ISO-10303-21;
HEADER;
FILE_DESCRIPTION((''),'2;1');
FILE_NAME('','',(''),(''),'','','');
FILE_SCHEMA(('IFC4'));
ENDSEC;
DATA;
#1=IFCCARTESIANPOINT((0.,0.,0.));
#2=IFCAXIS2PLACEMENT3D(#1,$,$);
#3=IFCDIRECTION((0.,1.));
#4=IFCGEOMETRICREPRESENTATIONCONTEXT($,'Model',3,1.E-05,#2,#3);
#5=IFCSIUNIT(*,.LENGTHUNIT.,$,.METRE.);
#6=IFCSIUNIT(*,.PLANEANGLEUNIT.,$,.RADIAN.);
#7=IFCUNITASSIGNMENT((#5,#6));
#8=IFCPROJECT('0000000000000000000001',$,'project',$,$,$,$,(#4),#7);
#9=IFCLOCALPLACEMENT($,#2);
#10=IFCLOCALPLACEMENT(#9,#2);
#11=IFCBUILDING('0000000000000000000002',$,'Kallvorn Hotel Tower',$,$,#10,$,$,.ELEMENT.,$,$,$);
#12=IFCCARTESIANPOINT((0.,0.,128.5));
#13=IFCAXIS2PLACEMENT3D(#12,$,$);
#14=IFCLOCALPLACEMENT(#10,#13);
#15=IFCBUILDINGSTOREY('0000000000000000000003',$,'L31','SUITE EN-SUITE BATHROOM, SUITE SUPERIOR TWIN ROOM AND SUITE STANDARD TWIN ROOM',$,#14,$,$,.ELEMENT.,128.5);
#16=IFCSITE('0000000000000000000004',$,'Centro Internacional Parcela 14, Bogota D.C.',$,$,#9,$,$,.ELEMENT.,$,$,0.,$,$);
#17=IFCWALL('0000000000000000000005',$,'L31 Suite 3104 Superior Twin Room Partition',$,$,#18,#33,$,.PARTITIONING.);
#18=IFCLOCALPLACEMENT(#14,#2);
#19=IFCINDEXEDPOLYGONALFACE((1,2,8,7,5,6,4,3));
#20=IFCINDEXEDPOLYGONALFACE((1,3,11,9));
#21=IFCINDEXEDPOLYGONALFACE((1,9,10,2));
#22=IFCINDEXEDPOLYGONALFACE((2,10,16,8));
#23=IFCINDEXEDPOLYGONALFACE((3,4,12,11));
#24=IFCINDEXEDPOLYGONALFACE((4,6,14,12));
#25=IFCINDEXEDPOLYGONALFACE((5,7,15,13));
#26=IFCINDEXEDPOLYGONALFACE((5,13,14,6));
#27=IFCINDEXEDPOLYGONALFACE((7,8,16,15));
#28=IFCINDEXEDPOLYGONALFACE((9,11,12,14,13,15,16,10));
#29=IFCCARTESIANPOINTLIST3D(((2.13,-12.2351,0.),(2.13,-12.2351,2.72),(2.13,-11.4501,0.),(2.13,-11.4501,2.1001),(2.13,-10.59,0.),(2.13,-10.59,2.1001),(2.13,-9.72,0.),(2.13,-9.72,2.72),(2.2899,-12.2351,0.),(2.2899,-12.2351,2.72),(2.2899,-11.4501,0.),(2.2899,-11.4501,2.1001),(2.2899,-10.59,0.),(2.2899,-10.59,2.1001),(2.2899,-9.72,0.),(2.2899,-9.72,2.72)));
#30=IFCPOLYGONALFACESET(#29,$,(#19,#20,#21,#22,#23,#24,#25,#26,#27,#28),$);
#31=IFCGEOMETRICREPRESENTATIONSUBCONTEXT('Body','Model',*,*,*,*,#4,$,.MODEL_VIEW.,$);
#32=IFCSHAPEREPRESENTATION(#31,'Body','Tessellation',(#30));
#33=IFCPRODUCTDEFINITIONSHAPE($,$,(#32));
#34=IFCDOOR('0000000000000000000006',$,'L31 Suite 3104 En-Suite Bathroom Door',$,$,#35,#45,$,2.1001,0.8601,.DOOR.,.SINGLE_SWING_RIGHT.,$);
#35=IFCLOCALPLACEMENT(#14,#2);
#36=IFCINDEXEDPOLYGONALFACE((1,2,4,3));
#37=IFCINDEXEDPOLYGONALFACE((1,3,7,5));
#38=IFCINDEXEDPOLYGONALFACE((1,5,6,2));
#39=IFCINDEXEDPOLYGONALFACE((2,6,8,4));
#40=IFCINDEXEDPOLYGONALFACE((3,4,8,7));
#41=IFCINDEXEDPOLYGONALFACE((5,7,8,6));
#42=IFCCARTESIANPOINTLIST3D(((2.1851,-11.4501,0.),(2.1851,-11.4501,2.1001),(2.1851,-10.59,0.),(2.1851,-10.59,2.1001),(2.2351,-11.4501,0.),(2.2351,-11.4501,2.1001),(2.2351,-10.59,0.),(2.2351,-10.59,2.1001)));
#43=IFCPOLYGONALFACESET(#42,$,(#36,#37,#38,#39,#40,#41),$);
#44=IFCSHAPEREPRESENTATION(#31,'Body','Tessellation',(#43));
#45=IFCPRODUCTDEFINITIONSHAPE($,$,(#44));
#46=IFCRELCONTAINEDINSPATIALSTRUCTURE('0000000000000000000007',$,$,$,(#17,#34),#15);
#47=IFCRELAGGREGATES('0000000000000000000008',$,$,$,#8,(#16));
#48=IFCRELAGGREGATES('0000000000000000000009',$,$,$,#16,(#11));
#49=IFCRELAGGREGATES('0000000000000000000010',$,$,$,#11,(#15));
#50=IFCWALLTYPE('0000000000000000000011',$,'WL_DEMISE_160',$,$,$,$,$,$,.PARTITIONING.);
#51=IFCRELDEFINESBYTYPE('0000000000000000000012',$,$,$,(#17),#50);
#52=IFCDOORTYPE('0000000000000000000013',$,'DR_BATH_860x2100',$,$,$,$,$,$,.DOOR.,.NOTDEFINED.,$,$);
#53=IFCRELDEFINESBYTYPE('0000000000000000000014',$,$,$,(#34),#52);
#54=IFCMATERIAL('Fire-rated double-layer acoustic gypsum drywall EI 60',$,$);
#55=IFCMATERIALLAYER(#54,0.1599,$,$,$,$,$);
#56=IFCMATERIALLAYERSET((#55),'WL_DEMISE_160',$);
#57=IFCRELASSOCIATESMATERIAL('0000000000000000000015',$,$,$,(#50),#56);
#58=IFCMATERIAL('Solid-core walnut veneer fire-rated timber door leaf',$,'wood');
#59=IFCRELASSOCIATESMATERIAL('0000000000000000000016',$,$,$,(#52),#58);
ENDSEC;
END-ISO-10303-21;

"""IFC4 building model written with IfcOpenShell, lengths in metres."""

from ifc_helpers import new_model, si_unit, direction, frame, frame_2d, origin, place, context, subcontext, project, spatial, rectangle, extrude, material, layer, layer_set, type_object, element, fill, save


model = new_model("IFC4")

# Units and contexts
model_context = context("Model", 3, precision=1e-05, world=origin(), true_north=direction((0.0, 1.0)))
body_context = subcontext(model_context, "Body", "Model", "MODEL_VIEW")
ifc_project = project(units=[si_unit("LENGTHUNIT", "METRE"), si_unit("PLANEANGLEUNIT", "RADIAN")], contexts=[model_context])

# Site, building, storey
site_placement = place(None, origin())
site = spatial("IfcSite", under=ifc_project, at=site_placement, Name="Centro Internacional Parcela 14, Bogota D.C.", CompositionType="ELEMENT", RefElevation=0.0)
building_placement = place(site_placement, origin())
building = spatial("IfcBuilding", under=site, at=building_placement, Name="Kallvorn Hotel Tower", CompositionType="ELEMENT")
storey_placement = place(building_placement, frame((0.0, 0.0, 128.5)))
storey = spatial("IfcBuildingStorey", under=building, at=storey_placement, Name="L31", Description="SUITE EN-SUITE BATHROOM, SUITE SUPERIOR TWIN ROOM AND SUITE STANDARD TWIN ROOM", CompositionType="ELEMENT", Elevation=128.5)

# Shared definitions
ifc_material_1 = material(Name="Fire-rated double-layer acoustic gypsum drywall EI 60")
ifc_layer_1 = layer(ifc_material_1, 0.1599)
ifc_layer_set_1 = layer_set([ifc_layer_1], Name="WL_DEMISE_160")
wall_type = type_object("IfcWallType", Name="WL_DEMISE_160", PredefinedType="PARTITIONING", material=ifc_layer_set_1)

# Shared definitions
ifc_material_2 = material(Name="Solid-core walnut veneer fire-rated timber door leaf", Category="wood")
door_type = type_object("IfcDoorType", Name="DR_BATH_860x2100", OperationType="NOTDEFINED", PredefinedType="DOOR", material=ifc_material_2)

# Wall, opening, door
wall_1_placement = place(storey_placement, frame((2.21, -12.2351, 0.0), z_axis=(0.0, 0.0, 1.0), x_axis=(0.0, 1.0, 0.0)))
wall_1 = element("IfcWall", 1, at=wall_1_placement, inside=storey, type_object=wall_type, Name="L31 Suite 3104 Superior Twin Room Partition", PredefinedType="PARTITIONING", context=body_context, shape_type="SweptSolid", body=[
    extrude(rectangle(XDim=2.5151, YDim=0.1599, at=frame_2d((1.2576, 0.0))), origin(), (0.0, 0.0, 1.0), 2.72),
])
opening_1_placement = place(wall_1_placement, frame((0.7849, 0.0, 0.0)))
opening_1 = element("IfcOpeningElement", 2, at=opening_1_placement, cuts=wall_1, PredefinedType="OPENING", context=body_context, shape_type="SweptSolid", body=[
    extrude(rectangle(XDim=0.8601, YDim=2.1001, at=frame_2d((0.4302, 1.05))), frame((0.0, 0.095, 0.0), z_axis=(0.0, -1.0, 0.0), x_axis=(1.0, 0.0, 0.0)), (0.0, 0.0, 1.0), 0.1899),
])
door_1_placement = place(opening_1_placement, origin())
door_1 = element("IfcDoor", 3, at=door_1_placement, inside=storey, type_object=door_type, Name="L31 Suite 3104 En-Suite Bathroom Door", OperationType="SINGLE_SWING_RIGHT", OverallHeight=2.1001, OverallWidth=0.8601, PredefinedType="DOOR", context=body_context, shape_type="SweptSolid", body=[
    extrude(rectangle(XDim=0.8601, YDim=2.1001, at=frame_2d((0.4302, 1.05))), frame((0.0, 0.0249, 0.0), z_axis=(0.0, -1.0, 0.0), x_axis=(1.0, 0.0, 0.0)), (0.0, 0.0, 1.0), 0.05),
])
fill(opening_1, door_1)

save(model, "model.ifc")
